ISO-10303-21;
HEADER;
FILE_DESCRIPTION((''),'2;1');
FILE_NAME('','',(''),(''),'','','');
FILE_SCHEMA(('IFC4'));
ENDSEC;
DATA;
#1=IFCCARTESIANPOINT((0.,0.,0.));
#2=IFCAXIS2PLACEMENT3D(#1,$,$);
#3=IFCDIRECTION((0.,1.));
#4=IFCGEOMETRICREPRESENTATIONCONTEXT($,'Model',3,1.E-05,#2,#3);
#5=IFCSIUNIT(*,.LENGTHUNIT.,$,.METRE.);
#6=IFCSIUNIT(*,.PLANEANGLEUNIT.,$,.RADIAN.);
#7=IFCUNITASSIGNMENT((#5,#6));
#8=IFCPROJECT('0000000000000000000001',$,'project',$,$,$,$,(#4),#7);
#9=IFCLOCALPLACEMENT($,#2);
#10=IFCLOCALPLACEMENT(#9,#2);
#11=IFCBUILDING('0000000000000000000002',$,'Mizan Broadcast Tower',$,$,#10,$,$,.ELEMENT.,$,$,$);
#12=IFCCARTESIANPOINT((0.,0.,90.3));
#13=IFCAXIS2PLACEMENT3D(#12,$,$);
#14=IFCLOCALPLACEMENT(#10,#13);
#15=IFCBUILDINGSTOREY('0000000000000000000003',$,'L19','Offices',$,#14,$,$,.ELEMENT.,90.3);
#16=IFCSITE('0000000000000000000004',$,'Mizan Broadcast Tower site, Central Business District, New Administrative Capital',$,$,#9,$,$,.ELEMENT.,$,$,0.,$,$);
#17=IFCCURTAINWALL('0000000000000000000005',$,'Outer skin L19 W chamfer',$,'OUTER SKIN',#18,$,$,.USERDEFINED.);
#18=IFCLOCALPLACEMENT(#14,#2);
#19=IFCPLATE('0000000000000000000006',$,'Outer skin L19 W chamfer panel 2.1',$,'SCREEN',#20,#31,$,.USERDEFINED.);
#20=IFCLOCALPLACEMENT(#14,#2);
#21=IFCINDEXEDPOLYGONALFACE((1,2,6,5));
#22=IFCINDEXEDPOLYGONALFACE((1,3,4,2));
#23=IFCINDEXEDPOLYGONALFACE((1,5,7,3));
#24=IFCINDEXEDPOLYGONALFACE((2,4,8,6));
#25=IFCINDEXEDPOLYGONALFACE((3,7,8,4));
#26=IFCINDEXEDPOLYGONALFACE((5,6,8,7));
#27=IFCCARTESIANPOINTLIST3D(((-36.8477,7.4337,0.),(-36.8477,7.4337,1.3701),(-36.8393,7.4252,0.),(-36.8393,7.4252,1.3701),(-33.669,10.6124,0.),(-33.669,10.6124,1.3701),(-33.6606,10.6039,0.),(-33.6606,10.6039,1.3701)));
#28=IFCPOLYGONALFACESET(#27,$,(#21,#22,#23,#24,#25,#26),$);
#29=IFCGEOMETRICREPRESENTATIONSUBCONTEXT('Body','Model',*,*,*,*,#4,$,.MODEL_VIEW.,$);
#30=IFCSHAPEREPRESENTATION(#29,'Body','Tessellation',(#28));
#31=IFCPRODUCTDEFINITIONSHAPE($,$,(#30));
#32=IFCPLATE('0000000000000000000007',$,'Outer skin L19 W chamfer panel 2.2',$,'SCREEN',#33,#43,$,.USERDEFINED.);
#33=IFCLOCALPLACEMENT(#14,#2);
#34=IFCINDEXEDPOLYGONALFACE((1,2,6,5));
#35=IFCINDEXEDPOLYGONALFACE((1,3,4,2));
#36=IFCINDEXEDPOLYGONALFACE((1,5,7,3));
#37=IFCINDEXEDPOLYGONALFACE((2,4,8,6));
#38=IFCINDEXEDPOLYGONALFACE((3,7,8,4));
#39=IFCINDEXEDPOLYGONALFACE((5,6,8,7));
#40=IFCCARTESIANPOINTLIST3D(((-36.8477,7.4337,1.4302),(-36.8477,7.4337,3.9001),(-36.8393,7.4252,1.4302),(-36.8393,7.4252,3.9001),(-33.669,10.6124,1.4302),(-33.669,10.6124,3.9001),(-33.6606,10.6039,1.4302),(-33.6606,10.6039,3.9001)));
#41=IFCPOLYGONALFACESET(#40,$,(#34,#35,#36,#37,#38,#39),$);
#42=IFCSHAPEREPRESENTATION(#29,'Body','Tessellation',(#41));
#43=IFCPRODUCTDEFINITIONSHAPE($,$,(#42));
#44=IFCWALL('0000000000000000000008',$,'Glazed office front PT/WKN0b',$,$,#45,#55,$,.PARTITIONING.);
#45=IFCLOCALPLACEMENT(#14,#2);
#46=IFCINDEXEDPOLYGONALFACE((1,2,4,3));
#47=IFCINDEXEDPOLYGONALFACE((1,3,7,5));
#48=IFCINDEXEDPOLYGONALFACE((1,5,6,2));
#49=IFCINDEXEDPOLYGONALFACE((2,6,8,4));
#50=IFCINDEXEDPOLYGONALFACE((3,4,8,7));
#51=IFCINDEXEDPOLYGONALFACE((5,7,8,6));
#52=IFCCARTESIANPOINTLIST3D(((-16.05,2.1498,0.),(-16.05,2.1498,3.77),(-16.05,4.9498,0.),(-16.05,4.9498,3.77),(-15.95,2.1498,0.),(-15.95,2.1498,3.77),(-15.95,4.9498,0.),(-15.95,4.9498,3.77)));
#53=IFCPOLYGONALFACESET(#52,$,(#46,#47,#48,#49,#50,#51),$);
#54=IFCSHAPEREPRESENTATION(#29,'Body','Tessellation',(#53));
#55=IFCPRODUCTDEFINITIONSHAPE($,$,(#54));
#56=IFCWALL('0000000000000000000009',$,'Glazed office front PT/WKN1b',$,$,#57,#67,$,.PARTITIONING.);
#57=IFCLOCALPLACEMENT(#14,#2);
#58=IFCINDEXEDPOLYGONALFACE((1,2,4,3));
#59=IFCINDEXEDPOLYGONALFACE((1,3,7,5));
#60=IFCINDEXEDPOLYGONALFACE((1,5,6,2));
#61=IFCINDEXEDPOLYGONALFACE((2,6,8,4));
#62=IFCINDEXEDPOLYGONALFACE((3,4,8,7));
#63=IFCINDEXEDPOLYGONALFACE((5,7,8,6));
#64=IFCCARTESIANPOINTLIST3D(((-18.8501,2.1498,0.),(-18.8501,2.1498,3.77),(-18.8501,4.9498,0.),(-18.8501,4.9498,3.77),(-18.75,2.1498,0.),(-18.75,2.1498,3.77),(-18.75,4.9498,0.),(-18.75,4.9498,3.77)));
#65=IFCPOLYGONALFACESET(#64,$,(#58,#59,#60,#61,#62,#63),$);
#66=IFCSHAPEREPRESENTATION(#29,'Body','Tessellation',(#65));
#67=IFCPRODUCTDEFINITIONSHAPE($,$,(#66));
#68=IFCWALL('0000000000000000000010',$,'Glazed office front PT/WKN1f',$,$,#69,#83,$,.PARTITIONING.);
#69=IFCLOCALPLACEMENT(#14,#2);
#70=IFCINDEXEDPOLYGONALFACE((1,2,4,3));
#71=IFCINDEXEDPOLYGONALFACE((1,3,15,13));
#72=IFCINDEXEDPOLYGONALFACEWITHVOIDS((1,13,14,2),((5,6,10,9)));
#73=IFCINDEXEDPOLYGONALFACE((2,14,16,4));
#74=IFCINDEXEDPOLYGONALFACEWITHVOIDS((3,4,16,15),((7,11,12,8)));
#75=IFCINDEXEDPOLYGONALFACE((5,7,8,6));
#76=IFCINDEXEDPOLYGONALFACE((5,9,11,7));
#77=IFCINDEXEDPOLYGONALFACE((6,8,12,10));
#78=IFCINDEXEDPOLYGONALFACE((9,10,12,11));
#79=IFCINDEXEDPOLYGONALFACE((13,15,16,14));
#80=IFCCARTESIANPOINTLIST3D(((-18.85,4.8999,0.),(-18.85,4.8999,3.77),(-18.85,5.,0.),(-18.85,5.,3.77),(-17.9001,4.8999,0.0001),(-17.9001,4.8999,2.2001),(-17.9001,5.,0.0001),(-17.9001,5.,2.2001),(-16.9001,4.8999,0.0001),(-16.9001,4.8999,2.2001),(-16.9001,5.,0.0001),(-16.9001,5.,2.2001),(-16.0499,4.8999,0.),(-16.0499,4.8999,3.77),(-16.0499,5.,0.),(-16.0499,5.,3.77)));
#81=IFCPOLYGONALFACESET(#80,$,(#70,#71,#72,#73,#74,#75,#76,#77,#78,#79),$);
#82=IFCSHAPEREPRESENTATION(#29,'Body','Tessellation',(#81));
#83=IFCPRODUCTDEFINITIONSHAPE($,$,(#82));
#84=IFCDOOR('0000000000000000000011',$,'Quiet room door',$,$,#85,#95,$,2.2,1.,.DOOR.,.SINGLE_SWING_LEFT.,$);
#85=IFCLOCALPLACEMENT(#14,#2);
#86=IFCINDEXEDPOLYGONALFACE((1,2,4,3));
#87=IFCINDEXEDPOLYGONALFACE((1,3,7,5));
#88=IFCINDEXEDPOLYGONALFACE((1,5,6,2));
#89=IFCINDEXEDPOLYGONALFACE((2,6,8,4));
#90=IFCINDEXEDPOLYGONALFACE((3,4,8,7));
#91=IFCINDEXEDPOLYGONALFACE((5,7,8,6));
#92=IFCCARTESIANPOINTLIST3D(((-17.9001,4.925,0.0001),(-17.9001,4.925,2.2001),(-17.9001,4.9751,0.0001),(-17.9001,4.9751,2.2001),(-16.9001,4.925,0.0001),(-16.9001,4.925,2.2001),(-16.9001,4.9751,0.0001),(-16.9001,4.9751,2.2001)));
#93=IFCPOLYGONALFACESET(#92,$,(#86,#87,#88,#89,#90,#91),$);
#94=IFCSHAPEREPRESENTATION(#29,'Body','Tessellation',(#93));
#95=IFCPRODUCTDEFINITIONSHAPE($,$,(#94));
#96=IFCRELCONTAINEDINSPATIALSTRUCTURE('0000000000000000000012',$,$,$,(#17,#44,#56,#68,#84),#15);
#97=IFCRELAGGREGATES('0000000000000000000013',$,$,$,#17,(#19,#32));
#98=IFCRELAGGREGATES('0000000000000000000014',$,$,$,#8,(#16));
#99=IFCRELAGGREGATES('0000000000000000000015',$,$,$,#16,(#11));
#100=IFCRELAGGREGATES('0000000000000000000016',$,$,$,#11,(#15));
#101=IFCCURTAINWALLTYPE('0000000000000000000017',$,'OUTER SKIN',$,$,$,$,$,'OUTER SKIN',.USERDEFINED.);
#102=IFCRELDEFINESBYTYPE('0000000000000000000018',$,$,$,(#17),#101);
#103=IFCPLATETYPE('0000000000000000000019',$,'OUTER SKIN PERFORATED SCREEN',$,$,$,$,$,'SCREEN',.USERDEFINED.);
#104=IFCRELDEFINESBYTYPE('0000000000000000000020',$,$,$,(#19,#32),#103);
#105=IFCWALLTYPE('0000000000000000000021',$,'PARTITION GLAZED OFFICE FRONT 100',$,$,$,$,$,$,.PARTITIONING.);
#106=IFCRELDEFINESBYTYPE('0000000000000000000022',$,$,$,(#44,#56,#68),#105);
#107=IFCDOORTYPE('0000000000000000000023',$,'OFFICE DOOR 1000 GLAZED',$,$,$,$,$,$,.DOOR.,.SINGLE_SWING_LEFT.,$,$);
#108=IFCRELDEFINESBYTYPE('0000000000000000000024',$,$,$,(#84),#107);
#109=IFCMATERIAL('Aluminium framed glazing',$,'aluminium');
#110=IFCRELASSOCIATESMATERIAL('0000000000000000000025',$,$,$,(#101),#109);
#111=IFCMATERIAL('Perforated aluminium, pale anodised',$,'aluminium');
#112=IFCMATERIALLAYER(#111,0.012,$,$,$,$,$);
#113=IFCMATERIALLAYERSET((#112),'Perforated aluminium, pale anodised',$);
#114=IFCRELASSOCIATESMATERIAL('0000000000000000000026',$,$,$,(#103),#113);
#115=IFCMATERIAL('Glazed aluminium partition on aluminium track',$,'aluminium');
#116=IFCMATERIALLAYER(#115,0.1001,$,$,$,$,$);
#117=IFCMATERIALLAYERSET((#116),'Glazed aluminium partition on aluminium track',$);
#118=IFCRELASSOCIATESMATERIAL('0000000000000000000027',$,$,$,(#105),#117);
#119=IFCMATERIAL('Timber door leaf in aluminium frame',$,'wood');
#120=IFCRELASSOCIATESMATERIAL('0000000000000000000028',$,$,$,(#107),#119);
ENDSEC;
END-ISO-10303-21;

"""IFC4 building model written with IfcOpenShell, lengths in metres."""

from ifc_helpers import new_model, si_unit, direction, frame, frame_2d, origin, origin_2d, place, context, subcontext, project, spatial, rectangle, extrude, material, layer, layer_set, type_object, element, fill, aggregate, save


model = new_model("IFC4")

# Units and contexts
model_context = context("Model", 3, precision=1e-05, world=origin(), true_north=direction((0.0, 1.0)))
body_context = subcontext(model_context, "Body", "Model", "MODEL_VIEW")
ifc_project = project(units=[si_unit("LENGTHUNIT", "METRE"), si_unit("PLANEANGLEUNIT", "RADIAN")], contexts=[model_context])

# Site, building, storey
site_placement = place(None, origin())
site = spatial("IfcSite", under=ifc_project, at=site_placement, Name="Mizan Broadcast Tower site, Central Business District, New Administrative Capital", CompositionType="ELEMENT", RefElevation=0.0)
building_placement = place(site_placement, origin())
building = spatial("IfcBuilding", under=site, at=building_placement, Name="Mizan Broadcast Tower", CompositionType="ELEMENT")
storey_placement = place(building_placement, frame((0.0, 0.0, 90.3)))
storey = spatial("IfcBuildingStorey", under=building, at=storey_placement, Name="L19", Description="Offices", CompositionType="ELEMENT", Elevation=90.3)

# Curtain wall
ifc_material_1 = material(Name="Aluminium framed glazing", Category="aluminium")
curtain_wall_type_1 = type_object("IfcCurtainWallType", Name="OUTER SKIN", ElementType="OUTER SKIN", PredefinedType="USERDEFINED", material=ifc_material_1)
curtain_wall_1_placement = place(storey_placement, origin())
curtain_wall_1 = element("IfcCurtainWall", 1, at=curtain_wall_1_placement, inside=storey, type_object=curtain_wall_type_1, Name="Outer skin L19 W chamfer", ObjectType="OUTER SKIN", PredefinedType="USERDEFINED")

# Plates
ifc_material_2 = material(Name="Perforated aluminium, pale anodised", Category="aluminium")
ifc_layer_1 = layer(ifc_material_2, 0.012)
ifc_layer_set_1 = layer_set([ifc_layer_1], Name="Perforated aluminium, pale anodised")
plate_type_1 = type_object("IfcPlateType", Name="OUTER SKIN PERFORATED SCREEN", ElementType="SCREEN", PredefinedType="USERDEFINED", material=ifc_layer_set_1)
plate_1_placement = place(storey_placement, frame((-35.2542, 9.0188, 0.0), z_axis=(0.0, 0.0, 1.0), x_axis=(-0.707107, -0.707107, 0.0)))
plate_1 = element("IfcPlate", 2, at=plate_1_placement, type_object=plate_type_1, Name="Outer skin L19 W chamfer panel 2.1", ObjectType="SCREEN", PredefinedType="USERDEFINED", context=body_context, shape_type="SweptSolid", body=[
    extrude(rectangle(XDim=4.4954, YDim=0.012, at=origin_2d()), origin(), (0.0, 0.0, 1.0), 1.3701),
])
plate_2_placement = place(storey_placement, frame((-35.2542, 9.0188, 1.4302), z_axis=(0.0, 0.0, 1.0), x_axis=(-0.707107, -0.707107, 0.0)))
plate_2 = element("IfcPlate", 3, at=plate_2_placement, type_object=plate_type_1, Name="Outer skin L19 W chamfer panel 2.2", ObjectType="SCREEN", PredefinedType="USERDEFINED", context=body_context, shape_type="SweptSolid", body=[
    extrude(rectangle(XDim=4.4954, YDim=0.012, at=origin_2d()), origin(), (0.0, 0.0, 1.0), 2.47),
])
aggregate(curtain_wall_1, [plate_1, plate_2])

# Walls
ifc_material_3 = material(Name="Glazed aluminium partition on aluminium track", Category="aluminium")
ifc_layer_2 = layer(ifc_material_3, 0.1001)
ifc_layer_set_2 = layer_set([ifc_layer_2], Name="Glazed aluminium partition on aluminium track")
wall_type = type_object("IfcWallType", Name="PARTITION GLAZED OFFICE FRONT 100", PredefinedType="PARTITIONING", material=ifc_layer_set_2)
for number, where, z_axis, x_axis, name in (
    (4, (-16.0, 2.1499, 0.0), (0.0, 0.0, 1.0), (0.0, 1.0, 0.0), "Glazed office front PT/WKN0b"),
    (5, (-18.8, 2.1499, 0.0), (0.0, 0.0, 1.0), (0.0, 1.0, 0.0), "Glazed office front PT/WKN1b"),
):
    element("IfcWall", number, at=place(storey_placement, frame(where, z_axis=z_axis, x_axis=x_axis)), inside=storey, type_object=wall_type, Name=name, PredefinedType="PARTITIONING", context=body_context, shape_type="SweptSolid", body=[
        extrude(rectangle(XDim=2.8, YDim=0.1001, at=frame_2d((1.3999, 0.0))), origin(), (0.0, 0.0, 1.0), 3.77),
    ])

# Wall, opening, door
wall_placement = place(storey_placement, frame((-16.05, 4.95, 0.0), z_axis=(0.0, 0.0, 1.0), x_axis=(-1.0, 0.0, 0.0)))
wall = element("IfcWall", 6, at=wall_placement, inside=storey, type_object=wall_type, Name="Glazed office front PT/WKN1f", PredefinedType="PARTITIONING", context=body_context, shape_type="SweptSolid", body=[
    extrude(rectangle(XDim=2.8, YDim=0.1001, at=frame_2d((1.3999, 0.0))), origin(), (0.0, 0.0, 1.0), 3.77),
])
opening_placement = place(wall_placement, frame((0.8501, 0.0, 0.0)))
opening = element("IfcOpeningElement", 7, at=opening_placement, cuts=wall, PredefinedType="OPENING", context=body_context, shape_type="SweptSolid", body=[
    extrude(rectangle(XDim=1.0, YDim=2.2, at=frame_2d((0.5, 1.1001))), frame((0.0, 0.0601, 0.0), z_axis=(0.0, -1.0, 0.0), x_axis=(1.0, 0.0, 0.0)), (0.0, 0.0, 1.0), 0.1201),
])
ifc_material_4 = material(Name="Timber door leaf in aluminium frame", Category="wood")
door_type = type_object("IfcDoorType", Name="OFFICE DOOR 1000 GLAZED", OperationType="SINGLE_SWING_LEFT", PredefinedType="DOOR", material=ifc_material_4)
door_placement = place(opening_placement, origin())
door = element("IfcDoor", 8, at=door_placement, inside=storey, type_object=door_type, Name="Quiet room door", OperationType="SINGLE_SWING_LEFT", OverallHeight=2.2, OverallWidth=1.0, PredefinedType="DOOR", context=body_context, shape_type="SweptSolid", body=[
    extrude(rectangle(XDim=1.0, YDim=2.2, at=frame_2d((0.5, 1.1001))), frame((0.0, 0.0249, 0.0), z_axis=(0.0, -1.0, 0.0), x_axis=(1.0, 0.0, 0.0)), (0.0, 0.0, 1.0), 0.05),
])
fill(opening, door)

save(model, "model.ifc")
